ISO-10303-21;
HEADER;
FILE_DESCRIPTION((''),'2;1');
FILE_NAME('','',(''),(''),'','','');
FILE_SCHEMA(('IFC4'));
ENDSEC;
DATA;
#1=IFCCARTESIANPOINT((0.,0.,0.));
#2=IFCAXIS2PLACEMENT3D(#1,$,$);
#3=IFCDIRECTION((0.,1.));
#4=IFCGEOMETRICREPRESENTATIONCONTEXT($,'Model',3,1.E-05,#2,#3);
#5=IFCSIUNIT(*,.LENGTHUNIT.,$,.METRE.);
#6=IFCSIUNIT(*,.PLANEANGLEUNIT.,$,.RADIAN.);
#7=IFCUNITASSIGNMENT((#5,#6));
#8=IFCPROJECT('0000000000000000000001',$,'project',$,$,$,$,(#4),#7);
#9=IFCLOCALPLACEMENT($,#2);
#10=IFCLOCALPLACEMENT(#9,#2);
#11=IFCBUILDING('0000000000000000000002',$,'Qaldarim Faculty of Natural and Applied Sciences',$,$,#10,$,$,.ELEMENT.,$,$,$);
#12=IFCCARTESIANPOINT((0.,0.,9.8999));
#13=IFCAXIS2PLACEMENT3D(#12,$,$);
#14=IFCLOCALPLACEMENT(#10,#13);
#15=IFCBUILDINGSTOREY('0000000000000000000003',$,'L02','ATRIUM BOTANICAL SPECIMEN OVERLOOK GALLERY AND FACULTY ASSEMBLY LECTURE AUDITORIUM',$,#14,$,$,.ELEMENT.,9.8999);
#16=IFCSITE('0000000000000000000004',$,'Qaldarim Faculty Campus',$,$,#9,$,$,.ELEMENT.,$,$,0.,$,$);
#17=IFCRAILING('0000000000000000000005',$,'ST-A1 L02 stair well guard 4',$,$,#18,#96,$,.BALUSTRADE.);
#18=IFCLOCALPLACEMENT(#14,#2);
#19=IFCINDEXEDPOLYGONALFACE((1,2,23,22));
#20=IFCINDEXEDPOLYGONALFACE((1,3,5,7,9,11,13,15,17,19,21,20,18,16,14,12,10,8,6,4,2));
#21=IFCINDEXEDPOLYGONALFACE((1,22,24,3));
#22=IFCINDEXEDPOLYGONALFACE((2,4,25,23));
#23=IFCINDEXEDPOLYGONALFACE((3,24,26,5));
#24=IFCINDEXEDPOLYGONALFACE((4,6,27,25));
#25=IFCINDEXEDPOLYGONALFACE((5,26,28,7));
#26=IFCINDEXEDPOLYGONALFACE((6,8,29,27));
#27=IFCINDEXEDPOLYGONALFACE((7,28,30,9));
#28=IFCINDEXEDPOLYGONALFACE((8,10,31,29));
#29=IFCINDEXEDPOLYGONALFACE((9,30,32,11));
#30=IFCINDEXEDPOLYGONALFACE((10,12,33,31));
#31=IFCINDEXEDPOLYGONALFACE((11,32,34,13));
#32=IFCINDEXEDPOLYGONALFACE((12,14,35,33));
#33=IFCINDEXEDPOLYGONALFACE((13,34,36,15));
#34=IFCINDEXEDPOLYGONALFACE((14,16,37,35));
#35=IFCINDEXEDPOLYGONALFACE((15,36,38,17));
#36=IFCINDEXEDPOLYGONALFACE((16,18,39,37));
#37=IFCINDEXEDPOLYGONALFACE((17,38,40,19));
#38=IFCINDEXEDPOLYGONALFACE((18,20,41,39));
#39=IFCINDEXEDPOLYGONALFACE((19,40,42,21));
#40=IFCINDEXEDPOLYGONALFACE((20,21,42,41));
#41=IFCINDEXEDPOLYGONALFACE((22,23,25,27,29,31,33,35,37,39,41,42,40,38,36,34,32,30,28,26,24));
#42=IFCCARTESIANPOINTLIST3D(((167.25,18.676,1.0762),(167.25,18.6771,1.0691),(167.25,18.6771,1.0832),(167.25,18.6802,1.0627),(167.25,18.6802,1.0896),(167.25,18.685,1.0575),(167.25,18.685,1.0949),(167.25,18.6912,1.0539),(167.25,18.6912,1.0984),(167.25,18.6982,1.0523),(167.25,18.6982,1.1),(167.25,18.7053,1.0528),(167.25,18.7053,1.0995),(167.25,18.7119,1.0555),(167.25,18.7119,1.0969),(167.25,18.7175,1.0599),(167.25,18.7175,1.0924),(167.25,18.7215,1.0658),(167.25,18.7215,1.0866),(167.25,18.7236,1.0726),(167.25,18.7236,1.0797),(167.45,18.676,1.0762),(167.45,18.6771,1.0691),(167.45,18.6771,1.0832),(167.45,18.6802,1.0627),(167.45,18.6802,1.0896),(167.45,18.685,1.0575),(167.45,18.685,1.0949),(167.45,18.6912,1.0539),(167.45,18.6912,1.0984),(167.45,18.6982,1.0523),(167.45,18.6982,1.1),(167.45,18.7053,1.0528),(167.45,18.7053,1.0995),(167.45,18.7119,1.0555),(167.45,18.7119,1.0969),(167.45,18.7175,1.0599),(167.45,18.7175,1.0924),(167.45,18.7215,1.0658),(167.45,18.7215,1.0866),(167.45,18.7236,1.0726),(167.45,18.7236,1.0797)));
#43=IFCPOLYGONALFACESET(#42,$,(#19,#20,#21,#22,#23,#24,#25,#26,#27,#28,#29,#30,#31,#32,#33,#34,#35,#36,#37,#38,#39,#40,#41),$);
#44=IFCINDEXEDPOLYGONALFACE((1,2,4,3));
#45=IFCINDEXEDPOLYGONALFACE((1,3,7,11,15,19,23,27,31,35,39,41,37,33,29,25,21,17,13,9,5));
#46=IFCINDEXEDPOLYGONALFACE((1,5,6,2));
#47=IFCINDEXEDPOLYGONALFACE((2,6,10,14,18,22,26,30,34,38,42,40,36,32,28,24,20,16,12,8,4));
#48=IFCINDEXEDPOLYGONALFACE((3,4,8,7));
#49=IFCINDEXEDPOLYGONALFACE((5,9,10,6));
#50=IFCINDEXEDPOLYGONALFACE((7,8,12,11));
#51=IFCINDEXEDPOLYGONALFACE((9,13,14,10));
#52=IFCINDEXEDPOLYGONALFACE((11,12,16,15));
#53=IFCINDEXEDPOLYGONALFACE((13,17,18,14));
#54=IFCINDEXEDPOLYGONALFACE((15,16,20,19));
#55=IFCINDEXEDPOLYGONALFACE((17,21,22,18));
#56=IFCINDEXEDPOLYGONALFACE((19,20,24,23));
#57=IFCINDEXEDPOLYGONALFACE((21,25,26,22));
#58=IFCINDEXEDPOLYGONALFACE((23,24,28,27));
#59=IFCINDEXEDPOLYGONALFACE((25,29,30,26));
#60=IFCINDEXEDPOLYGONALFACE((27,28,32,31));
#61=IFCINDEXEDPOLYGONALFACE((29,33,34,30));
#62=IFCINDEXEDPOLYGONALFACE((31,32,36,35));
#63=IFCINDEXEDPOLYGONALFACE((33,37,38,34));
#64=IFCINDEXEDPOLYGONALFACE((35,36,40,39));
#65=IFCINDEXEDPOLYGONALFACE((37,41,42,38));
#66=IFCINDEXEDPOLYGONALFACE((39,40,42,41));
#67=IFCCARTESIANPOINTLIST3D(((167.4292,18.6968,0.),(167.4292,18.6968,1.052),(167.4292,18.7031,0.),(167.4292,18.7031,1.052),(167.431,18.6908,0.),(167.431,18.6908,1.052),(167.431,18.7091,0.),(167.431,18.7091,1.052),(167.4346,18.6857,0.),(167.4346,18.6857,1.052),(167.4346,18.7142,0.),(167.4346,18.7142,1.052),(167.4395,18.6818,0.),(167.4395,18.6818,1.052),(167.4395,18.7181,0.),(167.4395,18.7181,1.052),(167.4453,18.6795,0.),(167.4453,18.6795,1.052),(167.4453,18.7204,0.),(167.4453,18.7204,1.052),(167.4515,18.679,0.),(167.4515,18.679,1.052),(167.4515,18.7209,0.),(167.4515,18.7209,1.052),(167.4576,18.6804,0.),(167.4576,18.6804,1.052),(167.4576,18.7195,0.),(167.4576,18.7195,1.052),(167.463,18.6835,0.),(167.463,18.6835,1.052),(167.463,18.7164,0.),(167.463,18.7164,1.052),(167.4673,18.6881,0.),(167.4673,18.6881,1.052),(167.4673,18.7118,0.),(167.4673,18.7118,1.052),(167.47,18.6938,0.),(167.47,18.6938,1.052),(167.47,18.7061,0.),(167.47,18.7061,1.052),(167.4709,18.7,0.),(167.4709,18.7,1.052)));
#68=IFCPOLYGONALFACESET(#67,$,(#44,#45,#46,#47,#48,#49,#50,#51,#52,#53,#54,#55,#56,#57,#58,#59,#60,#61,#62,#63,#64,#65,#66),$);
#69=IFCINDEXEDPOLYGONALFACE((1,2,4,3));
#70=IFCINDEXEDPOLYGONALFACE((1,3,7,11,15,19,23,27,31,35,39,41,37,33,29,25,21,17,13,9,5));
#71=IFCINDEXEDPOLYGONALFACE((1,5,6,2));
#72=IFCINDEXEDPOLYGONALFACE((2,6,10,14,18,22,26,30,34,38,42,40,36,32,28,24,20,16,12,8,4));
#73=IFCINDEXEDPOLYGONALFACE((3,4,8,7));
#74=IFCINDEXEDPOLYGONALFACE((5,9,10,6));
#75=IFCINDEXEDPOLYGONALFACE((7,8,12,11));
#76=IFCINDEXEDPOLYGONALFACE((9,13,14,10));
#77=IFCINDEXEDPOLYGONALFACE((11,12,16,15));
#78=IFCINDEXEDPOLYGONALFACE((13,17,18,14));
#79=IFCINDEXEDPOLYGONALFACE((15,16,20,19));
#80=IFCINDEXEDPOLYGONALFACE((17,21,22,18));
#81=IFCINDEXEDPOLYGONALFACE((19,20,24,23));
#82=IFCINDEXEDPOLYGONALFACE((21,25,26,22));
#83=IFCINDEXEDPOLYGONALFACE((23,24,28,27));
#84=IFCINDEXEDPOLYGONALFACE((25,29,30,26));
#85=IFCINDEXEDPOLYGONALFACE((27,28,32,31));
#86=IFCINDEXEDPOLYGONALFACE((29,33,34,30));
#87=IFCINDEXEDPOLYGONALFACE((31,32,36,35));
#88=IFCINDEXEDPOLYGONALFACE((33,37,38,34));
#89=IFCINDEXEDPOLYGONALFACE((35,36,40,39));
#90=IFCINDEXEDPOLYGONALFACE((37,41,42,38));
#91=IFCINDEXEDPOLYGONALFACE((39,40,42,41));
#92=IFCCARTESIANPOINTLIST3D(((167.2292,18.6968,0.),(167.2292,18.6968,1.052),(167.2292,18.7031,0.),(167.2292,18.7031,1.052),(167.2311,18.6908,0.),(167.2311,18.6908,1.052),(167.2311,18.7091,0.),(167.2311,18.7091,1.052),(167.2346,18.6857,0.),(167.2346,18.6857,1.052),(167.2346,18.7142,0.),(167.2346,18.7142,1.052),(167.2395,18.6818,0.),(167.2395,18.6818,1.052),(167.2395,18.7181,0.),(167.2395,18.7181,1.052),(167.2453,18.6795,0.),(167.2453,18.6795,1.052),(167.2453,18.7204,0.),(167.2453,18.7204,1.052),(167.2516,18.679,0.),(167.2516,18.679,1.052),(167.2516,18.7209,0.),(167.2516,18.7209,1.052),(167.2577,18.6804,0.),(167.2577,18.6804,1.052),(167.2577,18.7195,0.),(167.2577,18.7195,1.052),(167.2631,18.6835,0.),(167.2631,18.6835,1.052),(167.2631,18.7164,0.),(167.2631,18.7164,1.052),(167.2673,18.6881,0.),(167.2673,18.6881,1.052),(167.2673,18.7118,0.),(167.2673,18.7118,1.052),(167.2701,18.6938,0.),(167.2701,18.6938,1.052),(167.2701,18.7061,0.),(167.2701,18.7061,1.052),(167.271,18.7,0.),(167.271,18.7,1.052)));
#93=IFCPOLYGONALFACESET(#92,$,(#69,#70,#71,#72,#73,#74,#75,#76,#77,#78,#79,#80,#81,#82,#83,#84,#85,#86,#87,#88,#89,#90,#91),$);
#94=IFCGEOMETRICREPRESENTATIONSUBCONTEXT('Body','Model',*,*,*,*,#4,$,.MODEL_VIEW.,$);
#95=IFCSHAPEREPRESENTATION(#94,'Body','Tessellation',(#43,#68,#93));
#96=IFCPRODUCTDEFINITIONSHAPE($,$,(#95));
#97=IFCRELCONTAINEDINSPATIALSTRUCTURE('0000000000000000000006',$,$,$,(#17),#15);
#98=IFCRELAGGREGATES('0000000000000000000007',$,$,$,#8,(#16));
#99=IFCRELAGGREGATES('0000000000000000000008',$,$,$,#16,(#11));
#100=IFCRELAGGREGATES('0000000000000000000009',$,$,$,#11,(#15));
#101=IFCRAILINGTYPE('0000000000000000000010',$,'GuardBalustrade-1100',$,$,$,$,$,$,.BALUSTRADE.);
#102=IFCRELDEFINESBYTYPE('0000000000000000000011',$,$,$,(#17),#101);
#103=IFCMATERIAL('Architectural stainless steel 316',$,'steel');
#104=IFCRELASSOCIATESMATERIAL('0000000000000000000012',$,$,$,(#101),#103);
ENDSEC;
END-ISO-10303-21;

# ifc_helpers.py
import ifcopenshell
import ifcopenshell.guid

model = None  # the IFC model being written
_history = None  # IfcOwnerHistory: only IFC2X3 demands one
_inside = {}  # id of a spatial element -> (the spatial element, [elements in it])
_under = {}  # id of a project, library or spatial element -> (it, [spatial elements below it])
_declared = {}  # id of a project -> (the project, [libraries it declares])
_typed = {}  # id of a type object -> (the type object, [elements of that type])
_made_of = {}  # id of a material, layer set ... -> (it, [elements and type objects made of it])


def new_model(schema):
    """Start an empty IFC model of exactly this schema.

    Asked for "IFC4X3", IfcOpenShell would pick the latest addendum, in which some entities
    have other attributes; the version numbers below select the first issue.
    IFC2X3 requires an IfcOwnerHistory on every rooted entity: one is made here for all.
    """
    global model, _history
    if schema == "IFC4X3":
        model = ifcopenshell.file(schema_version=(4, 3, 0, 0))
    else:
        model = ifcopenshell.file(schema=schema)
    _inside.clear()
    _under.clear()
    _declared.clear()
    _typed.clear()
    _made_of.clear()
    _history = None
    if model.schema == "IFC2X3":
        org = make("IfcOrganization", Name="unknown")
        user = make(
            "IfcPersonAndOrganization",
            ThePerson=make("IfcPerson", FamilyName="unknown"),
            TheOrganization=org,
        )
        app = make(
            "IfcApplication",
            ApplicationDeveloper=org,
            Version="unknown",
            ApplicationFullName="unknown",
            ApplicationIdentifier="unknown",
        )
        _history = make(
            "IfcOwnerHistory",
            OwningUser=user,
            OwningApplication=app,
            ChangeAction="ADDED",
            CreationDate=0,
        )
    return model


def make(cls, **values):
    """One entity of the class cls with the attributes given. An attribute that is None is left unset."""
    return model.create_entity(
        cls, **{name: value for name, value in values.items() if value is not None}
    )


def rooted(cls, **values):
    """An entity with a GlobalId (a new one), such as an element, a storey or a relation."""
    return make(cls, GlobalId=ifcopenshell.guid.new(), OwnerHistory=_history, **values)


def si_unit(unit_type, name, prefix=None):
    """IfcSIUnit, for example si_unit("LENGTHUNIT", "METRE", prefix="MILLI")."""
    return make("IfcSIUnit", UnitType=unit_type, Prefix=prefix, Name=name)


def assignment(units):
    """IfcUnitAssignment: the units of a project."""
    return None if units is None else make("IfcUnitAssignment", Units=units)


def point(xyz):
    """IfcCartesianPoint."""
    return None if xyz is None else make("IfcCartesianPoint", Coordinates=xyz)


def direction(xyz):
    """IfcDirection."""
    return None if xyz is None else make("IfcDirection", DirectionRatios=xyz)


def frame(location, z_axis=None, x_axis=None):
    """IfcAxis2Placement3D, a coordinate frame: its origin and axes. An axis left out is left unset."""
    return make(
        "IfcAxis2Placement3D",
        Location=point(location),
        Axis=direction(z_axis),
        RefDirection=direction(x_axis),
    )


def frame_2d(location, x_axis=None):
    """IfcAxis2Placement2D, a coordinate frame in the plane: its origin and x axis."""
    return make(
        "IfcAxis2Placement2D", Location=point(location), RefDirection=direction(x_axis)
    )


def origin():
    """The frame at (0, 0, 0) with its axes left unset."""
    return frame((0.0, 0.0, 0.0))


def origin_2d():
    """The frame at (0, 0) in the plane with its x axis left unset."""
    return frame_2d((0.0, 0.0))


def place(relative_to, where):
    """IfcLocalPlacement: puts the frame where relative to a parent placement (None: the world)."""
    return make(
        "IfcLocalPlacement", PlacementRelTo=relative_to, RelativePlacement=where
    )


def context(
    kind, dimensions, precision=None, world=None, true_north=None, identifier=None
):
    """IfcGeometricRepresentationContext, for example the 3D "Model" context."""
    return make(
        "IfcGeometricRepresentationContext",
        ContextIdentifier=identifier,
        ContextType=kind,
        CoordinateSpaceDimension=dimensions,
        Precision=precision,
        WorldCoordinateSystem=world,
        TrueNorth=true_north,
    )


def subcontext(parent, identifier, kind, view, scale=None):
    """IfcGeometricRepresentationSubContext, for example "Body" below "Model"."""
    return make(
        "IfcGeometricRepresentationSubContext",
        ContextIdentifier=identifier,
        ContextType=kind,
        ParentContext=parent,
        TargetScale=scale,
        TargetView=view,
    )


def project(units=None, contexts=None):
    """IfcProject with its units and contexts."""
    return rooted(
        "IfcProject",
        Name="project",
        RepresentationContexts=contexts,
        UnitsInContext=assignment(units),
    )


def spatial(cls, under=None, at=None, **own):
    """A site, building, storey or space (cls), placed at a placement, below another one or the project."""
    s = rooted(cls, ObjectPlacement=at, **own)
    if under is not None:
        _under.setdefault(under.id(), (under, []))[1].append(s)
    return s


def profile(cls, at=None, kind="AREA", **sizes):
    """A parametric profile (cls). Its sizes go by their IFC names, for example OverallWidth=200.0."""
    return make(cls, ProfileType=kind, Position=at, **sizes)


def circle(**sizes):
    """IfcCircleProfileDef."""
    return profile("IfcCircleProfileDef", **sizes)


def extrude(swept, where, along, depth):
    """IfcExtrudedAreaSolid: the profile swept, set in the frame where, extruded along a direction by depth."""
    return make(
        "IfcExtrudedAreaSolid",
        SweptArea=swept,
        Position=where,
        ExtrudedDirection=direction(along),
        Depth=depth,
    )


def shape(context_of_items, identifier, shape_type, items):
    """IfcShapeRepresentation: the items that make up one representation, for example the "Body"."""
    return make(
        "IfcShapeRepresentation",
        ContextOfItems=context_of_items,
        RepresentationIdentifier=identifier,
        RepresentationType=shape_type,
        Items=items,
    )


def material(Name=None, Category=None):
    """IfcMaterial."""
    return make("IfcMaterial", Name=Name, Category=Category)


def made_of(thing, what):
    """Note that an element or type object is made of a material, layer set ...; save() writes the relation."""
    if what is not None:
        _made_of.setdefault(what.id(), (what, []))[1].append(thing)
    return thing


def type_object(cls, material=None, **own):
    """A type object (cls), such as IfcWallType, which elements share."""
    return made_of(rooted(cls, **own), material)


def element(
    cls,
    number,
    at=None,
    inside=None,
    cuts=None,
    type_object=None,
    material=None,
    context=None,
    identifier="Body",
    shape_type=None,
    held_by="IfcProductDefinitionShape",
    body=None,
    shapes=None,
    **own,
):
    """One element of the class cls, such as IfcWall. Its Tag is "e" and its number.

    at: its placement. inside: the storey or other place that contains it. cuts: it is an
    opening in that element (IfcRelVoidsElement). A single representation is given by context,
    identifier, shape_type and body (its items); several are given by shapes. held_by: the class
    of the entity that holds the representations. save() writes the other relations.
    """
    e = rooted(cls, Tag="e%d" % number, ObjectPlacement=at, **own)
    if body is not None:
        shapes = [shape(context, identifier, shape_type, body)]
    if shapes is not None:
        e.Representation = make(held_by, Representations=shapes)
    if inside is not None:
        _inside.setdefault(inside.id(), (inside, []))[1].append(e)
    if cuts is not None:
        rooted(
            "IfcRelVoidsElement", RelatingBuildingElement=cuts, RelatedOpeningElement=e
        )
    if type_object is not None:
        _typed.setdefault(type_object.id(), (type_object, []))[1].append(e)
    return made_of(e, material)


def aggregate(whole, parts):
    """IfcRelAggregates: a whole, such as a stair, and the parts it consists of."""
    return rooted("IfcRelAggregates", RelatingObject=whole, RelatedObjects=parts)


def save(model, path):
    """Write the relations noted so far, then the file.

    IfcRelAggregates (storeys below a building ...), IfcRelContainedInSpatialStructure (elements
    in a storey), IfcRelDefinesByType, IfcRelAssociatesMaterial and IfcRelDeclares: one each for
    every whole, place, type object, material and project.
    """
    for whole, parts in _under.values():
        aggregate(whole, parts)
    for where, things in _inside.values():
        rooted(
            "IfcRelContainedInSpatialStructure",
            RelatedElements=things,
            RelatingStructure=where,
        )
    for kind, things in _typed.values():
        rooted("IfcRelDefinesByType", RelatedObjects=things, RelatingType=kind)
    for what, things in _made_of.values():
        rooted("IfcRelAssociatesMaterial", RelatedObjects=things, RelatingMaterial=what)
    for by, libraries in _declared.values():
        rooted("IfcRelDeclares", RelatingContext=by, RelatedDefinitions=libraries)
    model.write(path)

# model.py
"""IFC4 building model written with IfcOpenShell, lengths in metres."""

from ifc_helpers import new_model, si_unit, direction, frame, origin, origin_2d, place, context, subcontext, project, spatial, circle, extrude, material, type_object, element, save


model = new_model("IFC4")

# Units and contexts
model_context = context("Model", 3, precision=1e-05, world=origin(), true_north=direction((0.0, 1.0)))
body_context = subcontext(model_context, "Body", "Model", "MODEL_VIEW")
ifc_project = project(units=[si_unit("LENGTHUNIT", "METRE"), si_unit("PLANEANGLEUNIT", "RADIAN")], contexts=[model_context])

# Site, building, storey
site_placement = place(None, origin())
site = spatial("IfcSite", under=ifc_project, at=site_placement, Name="Qaldarim Faculty Campus", CompositionType="ELEMENT", RefElevation=0.0)
building_placement = place(site_placement, origin())
building = spatial("IfcBuilding", under=site, at=building_placement, Name="Qaldarim Faculty of Natural and Applied Sciences", CompositionType="ELEMENT")
storey_placement = place(building_placement, frame((0.0, 0.0, 9.8999)))
storey = spatial("IfcBuildingStorey", under=building, at=storey_placement, Name="L02", Description="ATRIUM BOTANICAL SPECIMEN OVERLOOK GALLERY AND FACULTY ASSEMBLY LECTURE AUDITORIUM", CompositionType="ELEMENT", Elevation=9.8999)

# Shared definitions
ifc_material_1 = material(Name="Architectural stainless steel 316", Category="steel")

# Railing
railing_type_1 = type_object("IfcRailingType", Name="GuardBalustrade-1100", PredefinedType="BALUSTRADE", material=ifc_material_1)
railing_1_placement = place(storey_placement, frame((167.45, 18.7, 0.0)))
element("IfcRailing", 1, at=railing_1_placement, inside=storey, type_object=railing_type_1, Name="ST-A1 L02 stair well guard 4", PredefinedType="BALUSTRADE", context=body_context, shape_type="SweptSolid", body=[
    extrude(circle(Radius=0.0239, at=origin_2d()), frame((0.0, 0.0, 1.0762), z_axis=(-1.0, 0.0, 0.0), x_axis=(0.0, -1.0, 0.0)), (0.0, 0.0, 1.0), 0.2),
    extrude(circle(Radius=0.021, at=origin_2d()), origin(), (0.0, 0.0, 1.0), 1.052),
    extrude(circle(Radius=0.021, at=origin_2d()), frame((-0.2, 0.0, 0.0)), (0.0, 0.0, 1.0), 1.052),
])

save(model, "model.ifc")
